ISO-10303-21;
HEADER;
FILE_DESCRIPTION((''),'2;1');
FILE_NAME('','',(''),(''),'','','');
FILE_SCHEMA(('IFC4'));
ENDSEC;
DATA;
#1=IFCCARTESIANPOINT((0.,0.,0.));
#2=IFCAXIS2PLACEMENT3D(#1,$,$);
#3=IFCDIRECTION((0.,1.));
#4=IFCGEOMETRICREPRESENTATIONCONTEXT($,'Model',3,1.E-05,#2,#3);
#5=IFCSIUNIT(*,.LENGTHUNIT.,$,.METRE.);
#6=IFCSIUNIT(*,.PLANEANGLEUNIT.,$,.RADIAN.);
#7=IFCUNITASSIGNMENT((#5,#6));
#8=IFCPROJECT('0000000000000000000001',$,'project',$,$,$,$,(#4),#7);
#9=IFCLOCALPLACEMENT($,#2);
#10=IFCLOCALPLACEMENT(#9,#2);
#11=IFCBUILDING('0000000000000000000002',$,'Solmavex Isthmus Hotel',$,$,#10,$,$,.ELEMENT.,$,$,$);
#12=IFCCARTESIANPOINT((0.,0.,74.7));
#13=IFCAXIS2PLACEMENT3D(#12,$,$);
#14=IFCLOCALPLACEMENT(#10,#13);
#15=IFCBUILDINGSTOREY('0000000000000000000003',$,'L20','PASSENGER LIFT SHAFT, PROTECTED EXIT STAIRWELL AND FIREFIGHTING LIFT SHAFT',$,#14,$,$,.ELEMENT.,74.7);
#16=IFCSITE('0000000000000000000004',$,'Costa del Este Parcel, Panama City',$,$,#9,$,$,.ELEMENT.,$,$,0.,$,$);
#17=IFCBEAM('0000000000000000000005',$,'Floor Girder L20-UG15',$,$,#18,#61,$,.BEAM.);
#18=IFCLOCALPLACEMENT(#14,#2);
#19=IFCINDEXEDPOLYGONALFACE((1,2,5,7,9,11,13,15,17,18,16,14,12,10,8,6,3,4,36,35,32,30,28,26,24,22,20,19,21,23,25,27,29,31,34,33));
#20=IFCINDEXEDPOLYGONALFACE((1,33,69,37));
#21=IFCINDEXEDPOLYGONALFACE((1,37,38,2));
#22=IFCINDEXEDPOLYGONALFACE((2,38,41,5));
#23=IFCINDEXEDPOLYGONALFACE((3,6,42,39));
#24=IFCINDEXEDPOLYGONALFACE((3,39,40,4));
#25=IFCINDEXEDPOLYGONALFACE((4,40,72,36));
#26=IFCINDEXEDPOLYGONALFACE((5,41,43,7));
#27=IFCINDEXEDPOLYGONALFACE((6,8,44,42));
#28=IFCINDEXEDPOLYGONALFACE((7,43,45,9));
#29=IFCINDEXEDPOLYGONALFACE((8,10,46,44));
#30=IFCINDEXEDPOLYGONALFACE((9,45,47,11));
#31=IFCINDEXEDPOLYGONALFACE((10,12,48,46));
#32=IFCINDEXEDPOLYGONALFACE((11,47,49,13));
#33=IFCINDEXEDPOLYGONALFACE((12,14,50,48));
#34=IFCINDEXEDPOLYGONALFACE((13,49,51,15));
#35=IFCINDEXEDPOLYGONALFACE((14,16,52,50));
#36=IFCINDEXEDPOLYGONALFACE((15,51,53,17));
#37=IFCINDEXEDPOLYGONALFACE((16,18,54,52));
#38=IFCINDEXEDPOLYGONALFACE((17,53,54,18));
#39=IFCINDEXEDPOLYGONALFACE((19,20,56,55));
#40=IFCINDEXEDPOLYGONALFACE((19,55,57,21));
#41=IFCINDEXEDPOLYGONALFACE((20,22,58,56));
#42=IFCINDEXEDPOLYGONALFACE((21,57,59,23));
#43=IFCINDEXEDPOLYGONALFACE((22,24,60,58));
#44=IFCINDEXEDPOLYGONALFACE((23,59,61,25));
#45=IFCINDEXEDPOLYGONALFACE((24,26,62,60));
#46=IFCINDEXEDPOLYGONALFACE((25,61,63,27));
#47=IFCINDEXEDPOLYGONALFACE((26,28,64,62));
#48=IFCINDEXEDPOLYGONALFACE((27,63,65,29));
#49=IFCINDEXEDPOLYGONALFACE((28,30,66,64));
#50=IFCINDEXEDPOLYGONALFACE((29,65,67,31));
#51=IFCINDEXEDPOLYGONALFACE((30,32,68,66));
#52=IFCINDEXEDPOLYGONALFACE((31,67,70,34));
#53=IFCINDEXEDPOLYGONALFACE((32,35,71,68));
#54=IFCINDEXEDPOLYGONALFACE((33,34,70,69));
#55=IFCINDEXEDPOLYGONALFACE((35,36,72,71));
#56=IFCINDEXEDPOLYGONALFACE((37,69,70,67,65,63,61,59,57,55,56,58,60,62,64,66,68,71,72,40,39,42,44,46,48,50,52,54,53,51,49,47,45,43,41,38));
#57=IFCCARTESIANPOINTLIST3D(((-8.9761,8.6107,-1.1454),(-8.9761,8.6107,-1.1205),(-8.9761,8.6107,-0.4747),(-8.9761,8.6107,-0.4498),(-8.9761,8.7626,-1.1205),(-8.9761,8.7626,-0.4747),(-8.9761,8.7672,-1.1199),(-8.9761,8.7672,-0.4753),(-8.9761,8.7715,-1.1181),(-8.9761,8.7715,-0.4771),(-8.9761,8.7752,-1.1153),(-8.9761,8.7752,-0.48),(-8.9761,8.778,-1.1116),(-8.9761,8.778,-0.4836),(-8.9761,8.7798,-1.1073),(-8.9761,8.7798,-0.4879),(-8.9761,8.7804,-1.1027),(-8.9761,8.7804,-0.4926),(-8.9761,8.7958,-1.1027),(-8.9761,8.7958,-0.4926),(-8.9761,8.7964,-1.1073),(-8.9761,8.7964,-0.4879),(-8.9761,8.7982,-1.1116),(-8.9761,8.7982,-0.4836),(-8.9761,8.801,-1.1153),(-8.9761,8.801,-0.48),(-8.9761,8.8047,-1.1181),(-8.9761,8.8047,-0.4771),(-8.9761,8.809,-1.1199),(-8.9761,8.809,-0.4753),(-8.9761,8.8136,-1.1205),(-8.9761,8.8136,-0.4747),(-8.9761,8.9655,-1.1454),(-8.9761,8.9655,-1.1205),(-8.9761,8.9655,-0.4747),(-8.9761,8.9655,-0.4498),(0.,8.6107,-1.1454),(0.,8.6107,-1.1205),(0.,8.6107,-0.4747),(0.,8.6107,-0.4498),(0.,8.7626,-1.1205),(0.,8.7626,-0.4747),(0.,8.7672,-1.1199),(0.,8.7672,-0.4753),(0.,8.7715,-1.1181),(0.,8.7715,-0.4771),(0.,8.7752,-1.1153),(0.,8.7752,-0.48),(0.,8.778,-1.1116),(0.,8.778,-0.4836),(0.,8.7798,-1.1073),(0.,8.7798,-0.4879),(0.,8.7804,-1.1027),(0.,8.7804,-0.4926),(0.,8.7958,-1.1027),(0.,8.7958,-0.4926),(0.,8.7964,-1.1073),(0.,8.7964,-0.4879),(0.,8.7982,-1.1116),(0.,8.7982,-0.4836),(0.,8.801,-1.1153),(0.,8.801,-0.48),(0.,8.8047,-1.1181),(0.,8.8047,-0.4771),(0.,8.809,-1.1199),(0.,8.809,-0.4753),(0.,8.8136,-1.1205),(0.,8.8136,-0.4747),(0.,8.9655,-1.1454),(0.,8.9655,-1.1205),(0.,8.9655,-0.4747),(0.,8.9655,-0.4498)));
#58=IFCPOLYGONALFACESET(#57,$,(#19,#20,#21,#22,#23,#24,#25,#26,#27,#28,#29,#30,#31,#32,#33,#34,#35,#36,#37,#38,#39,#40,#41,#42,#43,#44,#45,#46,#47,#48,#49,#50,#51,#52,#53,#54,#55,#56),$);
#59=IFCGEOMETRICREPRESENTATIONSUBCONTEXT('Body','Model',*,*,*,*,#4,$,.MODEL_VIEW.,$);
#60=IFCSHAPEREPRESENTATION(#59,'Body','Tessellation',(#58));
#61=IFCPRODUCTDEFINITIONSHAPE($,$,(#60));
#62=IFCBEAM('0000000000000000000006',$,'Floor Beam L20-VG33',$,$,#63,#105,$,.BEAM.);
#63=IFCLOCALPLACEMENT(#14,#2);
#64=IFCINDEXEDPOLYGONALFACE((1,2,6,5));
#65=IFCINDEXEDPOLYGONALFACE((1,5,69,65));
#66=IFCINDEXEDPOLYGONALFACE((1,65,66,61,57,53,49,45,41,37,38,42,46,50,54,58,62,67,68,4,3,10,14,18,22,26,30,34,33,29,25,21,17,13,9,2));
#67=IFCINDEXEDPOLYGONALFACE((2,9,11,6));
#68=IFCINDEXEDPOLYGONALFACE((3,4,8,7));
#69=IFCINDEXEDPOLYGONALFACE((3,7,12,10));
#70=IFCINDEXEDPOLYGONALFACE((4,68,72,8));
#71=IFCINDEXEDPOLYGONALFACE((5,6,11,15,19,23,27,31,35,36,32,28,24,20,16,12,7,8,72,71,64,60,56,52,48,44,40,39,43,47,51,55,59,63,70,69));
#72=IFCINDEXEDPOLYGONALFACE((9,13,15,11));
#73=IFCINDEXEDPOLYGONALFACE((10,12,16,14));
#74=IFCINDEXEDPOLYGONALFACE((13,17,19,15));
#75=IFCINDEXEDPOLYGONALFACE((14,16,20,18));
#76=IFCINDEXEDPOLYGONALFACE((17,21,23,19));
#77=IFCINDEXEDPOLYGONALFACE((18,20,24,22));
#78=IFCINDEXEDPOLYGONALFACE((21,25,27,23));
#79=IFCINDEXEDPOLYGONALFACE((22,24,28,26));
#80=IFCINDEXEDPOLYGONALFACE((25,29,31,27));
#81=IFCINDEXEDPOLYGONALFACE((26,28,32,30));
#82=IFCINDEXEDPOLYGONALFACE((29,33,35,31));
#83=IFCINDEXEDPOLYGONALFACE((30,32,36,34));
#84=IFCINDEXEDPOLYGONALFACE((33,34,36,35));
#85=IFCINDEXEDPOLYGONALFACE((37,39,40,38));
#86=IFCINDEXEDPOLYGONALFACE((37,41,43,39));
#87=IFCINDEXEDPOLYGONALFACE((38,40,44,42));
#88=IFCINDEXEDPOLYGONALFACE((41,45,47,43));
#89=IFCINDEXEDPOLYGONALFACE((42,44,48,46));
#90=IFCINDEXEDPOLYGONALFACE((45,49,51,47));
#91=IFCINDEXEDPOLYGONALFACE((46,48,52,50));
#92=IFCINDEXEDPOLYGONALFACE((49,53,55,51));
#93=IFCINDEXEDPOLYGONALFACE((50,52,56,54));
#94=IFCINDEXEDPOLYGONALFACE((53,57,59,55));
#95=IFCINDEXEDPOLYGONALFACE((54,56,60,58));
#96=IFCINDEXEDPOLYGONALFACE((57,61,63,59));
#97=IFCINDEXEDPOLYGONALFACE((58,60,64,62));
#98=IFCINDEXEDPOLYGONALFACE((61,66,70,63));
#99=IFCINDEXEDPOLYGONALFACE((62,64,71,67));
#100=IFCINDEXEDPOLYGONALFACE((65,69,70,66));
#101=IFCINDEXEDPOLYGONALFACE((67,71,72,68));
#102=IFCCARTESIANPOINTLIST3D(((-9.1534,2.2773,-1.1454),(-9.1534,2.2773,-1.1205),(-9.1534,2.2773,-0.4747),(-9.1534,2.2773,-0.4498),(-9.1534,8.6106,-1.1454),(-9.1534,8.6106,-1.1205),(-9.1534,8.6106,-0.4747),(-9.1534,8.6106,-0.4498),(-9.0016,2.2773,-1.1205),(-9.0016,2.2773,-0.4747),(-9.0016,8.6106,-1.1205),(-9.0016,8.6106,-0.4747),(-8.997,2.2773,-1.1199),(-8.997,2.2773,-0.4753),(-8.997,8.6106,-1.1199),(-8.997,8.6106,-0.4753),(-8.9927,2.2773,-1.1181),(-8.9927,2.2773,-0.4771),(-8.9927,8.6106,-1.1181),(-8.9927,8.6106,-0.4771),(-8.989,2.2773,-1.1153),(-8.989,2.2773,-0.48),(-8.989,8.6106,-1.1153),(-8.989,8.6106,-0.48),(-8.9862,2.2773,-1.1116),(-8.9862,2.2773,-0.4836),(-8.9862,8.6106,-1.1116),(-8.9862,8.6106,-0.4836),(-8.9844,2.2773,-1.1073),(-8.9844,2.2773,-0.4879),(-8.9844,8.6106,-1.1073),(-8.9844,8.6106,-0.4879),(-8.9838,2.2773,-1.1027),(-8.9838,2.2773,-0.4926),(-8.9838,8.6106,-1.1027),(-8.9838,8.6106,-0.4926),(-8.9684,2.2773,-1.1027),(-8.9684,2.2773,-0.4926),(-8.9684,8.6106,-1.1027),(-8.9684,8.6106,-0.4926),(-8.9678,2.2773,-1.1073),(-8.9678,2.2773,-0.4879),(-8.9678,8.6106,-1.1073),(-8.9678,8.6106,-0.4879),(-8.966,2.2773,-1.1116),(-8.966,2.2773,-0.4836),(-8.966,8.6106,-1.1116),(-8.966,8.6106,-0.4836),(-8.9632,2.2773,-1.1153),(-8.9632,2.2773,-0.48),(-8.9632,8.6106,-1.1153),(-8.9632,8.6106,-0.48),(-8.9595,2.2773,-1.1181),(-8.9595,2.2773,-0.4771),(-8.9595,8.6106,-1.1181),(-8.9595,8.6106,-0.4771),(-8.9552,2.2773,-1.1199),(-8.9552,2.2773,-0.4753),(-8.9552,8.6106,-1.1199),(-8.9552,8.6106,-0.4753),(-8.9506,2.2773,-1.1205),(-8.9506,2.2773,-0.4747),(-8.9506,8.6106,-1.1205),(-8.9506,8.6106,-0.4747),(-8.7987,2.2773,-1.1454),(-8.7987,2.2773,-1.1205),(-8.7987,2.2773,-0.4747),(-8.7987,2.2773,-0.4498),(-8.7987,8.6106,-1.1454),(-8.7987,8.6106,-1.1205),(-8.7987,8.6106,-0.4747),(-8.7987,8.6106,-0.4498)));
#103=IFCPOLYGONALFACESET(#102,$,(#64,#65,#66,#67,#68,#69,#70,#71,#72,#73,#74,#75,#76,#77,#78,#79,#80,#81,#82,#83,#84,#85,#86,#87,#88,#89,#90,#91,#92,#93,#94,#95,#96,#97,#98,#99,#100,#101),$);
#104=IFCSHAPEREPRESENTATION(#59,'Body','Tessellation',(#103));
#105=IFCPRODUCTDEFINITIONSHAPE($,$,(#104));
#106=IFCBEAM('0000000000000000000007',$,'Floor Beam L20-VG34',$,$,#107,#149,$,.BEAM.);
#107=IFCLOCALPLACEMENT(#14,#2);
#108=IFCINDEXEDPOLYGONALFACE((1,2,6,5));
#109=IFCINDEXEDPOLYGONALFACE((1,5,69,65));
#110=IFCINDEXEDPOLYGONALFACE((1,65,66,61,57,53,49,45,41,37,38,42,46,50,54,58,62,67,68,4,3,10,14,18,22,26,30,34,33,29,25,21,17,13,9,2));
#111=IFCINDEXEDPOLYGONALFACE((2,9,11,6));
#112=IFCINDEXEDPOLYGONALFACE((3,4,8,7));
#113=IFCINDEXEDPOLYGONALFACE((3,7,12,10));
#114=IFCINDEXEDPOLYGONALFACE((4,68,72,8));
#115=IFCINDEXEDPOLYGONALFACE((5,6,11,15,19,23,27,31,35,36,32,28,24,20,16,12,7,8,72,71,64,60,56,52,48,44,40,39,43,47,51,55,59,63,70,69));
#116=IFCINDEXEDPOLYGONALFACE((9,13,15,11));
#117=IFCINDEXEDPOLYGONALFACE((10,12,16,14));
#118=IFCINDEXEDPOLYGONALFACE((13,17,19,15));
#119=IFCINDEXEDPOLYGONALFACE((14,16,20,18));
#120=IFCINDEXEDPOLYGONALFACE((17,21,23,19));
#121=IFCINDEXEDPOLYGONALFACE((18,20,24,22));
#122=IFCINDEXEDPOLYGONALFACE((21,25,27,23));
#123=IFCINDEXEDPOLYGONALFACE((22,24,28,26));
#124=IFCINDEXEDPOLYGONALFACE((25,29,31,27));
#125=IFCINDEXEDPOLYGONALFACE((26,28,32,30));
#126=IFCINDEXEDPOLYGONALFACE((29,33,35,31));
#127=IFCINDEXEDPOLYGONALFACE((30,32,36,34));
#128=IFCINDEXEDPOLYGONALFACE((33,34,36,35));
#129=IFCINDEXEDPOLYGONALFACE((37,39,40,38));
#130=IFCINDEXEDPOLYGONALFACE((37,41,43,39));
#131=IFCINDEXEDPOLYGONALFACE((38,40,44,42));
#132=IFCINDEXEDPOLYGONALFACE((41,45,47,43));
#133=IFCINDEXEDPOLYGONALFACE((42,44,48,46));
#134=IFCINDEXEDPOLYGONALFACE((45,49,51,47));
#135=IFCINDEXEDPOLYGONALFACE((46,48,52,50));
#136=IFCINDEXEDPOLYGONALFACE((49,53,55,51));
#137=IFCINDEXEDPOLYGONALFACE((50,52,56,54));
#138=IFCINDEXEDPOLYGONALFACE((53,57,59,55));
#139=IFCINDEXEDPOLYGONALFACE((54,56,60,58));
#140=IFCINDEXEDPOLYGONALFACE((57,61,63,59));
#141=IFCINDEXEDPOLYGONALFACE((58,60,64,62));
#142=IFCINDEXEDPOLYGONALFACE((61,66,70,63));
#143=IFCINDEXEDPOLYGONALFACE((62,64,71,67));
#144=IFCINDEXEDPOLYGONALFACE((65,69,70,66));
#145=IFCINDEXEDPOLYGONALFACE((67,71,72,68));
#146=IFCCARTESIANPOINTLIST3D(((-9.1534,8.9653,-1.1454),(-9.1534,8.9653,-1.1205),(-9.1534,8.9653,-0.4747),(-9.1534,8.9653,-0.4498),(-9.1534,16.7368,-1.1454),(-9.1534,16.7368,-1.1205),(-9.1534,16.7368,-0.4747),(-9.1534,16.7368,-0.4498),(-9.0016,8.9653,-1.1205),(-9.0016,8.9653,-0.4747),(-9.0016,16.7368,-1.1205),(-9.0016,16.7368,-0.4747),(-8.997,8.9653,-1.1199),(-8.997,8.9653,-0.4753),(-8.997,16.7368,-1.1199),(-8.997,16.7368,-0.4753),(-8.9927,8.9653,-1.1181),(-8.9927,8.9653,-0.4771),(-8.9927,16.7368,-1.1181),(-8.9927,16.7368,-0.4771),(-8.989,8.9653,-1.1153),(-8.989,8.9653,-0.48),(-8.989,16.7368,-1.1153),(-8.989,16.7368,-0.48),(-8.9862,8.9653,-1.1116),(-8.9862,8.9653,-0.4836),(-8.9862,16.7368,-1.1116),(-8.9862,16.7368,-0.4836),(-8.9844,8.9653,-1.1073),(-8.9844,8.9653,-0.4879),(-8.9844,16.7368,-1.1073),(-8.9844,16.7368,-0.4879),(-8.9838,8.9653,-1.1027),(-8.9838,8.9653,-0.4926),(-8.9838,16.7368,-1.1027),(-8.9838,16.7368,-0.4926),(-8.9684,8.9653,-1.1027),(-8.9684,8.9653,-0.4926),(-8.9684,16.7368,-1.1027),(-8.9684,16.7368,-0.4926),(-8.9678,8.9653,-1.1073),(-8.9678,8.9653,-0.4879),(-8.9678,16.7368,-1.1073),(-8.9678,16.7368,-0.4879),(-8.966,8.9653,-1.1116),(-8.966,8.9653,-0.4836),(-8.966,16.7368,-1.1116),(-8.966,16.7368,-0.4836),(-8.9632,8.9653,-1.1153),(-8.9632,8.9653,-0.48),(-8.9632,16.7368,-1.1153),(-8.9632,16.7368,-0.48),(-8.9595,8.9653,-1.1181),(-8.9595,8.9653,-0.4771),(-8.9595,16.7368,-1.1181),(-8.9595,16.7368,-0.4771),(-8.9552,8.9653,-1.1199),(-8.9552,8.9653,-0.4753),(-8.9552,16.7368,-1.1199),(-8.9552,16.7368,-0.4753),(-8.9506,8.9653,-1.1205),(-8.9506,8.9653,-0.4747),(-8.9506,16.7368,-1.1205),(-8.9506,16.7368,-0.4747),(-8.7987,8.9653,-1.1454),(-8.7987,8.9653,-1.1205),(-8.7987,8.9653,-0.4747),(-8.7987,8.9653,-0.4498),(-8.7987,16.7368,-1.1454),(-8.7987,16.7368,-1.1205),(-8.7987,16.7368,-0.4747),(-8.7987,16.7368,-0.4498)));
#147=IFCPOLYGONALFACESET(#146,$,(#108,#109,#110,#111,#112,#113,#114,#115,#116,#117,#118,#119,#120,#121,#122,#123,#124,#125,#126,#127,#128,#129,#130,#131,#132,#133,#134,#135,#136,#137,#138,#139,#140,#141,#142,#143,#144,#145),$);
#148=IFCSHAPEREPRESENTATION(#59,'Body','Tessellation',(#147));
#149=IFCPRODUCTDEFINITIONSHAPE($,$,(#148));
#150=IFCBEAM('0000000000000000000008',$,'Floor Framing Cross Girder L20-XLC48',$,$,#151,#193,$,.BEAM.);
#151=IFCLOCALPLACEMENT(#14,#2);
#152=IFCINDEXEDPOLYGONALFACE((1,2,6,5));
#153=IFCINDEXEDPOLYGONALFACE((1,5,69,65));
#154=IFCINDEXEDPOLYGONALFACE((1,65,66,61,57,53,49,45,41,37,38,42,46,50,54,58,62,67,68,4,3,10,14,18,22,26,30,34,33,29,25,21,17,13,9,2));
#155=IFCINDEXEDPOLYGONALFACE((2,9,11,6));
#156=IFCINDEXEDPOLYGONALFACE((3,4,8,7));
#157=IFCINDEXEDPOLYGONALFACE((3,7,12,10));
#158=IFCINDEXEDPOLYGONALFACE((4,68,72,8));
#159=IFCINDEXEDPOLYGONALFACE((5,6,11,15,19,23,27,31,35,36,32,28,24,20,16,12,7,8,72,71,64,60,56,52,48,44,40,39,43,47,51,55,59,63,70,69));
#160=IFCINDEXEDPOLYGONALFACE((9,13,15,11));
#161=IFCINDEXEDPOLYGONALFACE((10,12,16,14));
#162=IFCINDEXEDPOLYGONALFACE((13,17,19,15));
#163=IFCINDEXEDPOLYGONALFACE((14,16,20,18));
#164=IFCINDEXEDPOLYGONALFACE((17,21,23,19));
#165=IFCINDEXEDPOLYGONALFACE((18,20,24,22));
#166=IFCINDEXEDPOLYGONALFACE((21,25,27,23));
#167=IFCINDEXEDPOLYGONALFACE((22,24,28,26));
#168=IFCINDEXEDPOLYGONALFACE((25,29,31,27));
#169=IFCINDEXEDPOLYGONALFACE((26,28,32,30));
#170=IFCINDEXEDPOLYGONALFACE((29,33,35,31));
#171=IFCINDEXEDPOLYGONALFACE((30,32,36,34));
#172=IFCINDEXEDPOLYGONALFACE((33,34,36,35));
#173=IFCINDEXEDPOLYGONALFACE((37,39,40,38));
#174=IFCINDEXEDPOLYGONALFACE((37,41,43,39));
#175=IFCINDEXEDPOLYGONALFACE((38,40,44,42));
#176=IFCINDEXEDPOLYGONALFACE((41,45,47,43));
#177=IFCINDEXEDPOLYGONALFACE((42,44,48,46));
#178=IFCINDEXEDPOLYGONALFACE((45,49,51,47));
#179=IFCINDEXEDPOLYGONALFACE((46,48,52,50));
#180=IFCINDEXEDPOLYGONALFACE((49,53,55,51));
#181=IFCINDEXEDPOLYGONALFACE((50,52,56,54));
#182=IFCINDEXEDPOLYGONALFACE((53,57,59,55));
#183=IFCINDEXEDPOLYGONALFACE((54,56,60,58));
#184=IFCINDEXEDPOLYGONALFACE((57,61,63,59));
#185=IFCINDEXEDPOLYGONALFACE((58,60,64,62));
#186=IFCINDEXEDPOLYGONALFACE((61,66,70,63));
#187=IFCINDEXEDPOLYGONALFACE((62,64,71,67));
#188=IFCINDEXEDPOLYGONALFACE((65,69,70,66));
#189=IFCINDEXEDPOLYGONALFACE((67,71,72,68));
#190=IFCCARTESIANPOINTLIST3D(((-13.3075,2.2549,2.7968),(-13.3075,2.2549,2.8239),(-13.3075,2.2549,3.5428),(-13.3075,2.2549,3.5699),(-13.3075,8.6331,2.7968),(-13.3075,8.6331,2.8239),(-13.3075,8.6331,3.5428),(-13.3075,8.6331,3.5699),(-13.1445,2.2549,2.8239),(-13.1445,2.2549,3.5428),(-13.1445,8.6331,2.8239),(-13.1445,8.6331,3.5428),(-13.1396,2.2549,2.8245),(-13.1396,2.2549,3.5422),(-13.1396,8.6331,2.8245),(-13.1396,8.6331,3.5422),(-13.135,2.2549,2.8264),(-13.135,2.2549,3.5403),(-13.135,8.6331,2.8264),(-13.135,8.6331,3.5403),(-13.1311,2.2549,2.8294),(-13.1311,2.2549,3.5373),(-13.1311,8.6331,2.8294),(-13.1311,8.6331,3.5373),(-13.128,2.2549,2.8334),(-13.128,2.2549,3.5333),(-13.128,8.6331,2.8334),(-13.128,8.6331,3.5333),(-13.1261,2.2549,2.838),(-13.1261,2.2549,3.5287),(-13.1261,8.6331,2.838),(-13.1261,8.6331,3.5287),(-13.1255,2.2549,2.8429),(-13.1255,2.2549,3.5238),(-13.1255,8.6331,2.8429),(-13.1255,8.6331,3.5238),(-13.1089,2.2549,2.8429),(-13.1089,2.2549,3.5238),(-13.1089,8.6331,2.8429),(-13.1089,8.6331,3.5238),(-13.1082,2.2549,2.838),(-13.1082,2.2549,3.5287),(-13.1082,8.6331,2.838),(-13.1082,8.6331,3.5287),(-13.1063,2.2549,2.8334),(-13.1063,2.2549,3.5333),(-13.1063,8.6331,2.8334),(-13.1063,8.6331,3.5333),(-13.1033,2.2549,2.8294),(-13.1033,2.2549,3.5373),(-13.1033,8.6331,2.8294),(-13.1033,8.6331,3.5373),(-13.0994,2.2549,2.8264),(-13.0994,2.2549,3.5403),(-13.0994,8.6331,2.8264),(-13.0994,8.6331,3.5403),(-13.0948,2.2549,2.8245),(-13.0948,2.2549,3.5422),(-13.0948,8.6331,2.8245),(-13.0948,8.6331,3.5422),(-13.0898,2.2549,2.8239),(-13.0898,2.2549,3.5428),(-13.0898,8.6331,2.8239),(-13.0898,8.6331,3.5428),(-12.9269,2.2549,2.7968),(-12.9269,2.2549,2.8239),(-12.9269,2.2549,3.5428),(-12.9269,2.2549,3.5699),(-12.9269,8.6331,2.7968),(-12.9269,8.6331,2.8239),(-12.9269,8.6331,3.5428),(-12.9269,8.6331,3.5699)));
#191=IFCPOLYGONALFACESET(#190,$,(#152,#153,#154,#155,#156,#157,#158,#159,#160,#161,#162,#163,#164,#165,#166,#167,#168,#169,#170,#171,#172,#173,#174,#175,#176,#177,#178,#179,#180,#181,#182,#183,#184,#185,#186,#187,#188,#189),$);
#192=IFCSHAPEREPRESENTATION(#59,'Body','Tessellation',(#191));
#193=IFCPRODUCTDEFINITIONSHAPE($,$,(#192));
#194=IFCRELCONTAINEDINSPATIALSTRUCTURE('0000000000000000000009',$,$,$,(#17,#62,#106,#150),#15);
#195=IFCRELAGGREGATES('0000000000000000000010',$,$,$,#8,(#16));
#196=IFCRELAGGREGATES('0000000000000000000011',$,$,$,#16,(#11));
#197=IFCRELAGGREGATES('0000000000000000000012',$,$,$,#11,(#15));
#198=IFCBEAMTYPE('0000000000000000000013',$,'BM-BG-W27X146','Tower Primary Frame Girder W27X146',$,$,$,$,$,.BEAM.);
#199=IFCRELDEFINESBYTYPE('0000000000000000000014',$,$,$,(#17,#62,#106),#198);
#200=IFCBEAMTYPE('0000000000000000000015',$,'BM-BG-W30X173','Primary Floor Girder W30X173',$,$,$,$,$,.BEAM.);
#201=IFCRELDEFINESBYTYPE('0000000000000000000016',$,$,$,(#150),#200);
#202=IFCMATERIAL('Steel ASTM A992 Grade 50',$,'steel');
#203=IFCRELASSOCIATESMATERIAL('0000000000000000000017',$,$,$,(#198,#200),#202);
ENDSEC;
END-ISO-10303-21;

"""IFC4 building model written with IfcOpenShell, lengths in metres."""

from ifc_helpers import new_model, si_unit, direction, frame, origin, origin_2d, place, context, subcontext, project, spatial, i_section, extrude, material, material_profile, profile_set, type_object, element, save


model = new_model("IFC4")

# Units and contexts
model_context = context("Model", 3, precision=1e-05, world=origin(), true_north=direction((0.0, 1.0)))
body_context = subcontext(model_context, "Body", "Model", "MODEL_VIEW")
ifc_project = project(units=[si_unit("LENGTHUNIT", "METRE"), si_unit("PLANEANGLEUNIT", "RADIAN")], contexts=[model_context])

# Site, building, storey
site_placement = place(None, origin())
site = spatial("IfcSite", under=ifc_project, at=site_placement, Name="Costa del Este Parcel, Panama City", CompositionType="ELEMENT", RefElevation=0.0)
building_placement = place(site_placement, origin())
building = spatial("IfcBuilding", under=site, at=building_placement, Name="Solmavex Isthmus Hotel", CompositionType="ELEMENT")
storey_placement = place(building_placement, frame((0.0, 0.0, 74.7)))
storey = spatial("IfcBuildingStorey", under=building, at=storey_placement, Name="L20", Description="PASSENGER LIFT SHAFT, PROTECTED EXIT STAIRWELL AND FIREFIGHTING LIFT SHAFT", CompositionType="ELEMENT", Elevation=74.7)

# Beams
ifc_material_1 = material(Name="Steel ASTM A992 Grade 50", Category="steel")
ifc_material_profile_1 = material_profile(ifc_material_1, i_section(OverallWidth=0.3547, OverallDepth=0.6956, WebThickness=0.0154, FlangeThickness=0.0249, FilletRadius=0.0178, at=origin_2d()), Name="W27X146")
ifc_profile_set_1 = profile_set([ifc_material_profile_1], Name="Steel ASTM A992 Grade 50")
beam_type_1 = type_object("IfcBeamType", Name="BM-BG-W27X146", Description="Tower Primary Frame Girder W27X146", PredefinedType="BEAM", material=ifc_profile_set_1)
for number, where, z_axis, x_axis, name in (
    (1, (-8.9761, 8.7881, -0.7976), (1.0, 0.0, 0.0), (0.0, 1.0, 0.0), "Floor Girder L20-UG15"),
):
    element("IfcBeam", number, at=place(storey_placement, frame(where, z_axis=z_axis, x_axis=x_axis)), inside=storey, type_object=beam_type_1, Name=name, PredefinedType="BEAM", context=body_context, shape_type="SweptSolid", body=[
        extrude(i_section(OverallWidth=0.3547, OverallDepth=0.6956, WebThickness=0.0154, FlangeThickness=0.0249, FilletRadius=0.0178, at=origin_2d()), origin(), (0.0, 0.0, 1.0), 8.9761),
    ])
beam_1_placement = place(storey_placement, frame((-8.9761, 2.2773, -0.7976), z_axis=(0.0, 1.0, 0.0), x_axis=(-1.0, 0.0, 0.0)))
element("IfcBeam", 2, at=beam_1_placement, inside=storey, type_object=beam_type_1, Name="Floor Beam L20-VG33", PredefinedType="BEAM", context=body_context, shape_type="SweptSolid", body=[
    extrude(i_section(OverallWidth=0.3547, OverallDepth=0.6956, WebThickness=0.0154, FlangeThickness=0.0249, FilletRadius=0.0178, at=origin_2d()), origin(), (0.0, 0.0, 1.0), 6.3333),
])
beam_2_placement = place(storey_placement, frame((-8.9761, 8.9653, -0.7976), z_axis=(0.0, 1.0, 0.0), x_axis=(-1.0, 0.0, 0.0)))
element("IfcBeam", 3, at=beam_2_placement, inside=storey, type_object=beam_type_1, Name="Floor Beam L20-VG34", PredefinedType="BEAM", context=body_context, shape_type="SweptSolid", body=[
    extrude(i_section(OverallWidth=0.3547, OverallDepth=0.6956, WebThickness=0.0154, FlangeThickness=0.0249, FilletRadius=0.0178, at=origin_2d()), origin(), (0.0, 0.0, 1.0), 7.7715),
])
ifc_material_profile_2 = material_profile(ifc_material_1, i_section(OverallWidth=0.3806, OverallDepth=0.7732, WebThickness=0.0166, FlangeThickness=0.0271, FilletRadius=0.019, at=origin_2d()), Name="W30X173")
ifc_profile_set_2 = profile_set([ifc_material_profile_2], Name="Steel ASTM A992 Grade 50")
beam_type_2 = type_object("IfcBeamType", Name="BM-BG-W30X173", Description="Primary Floor Girder W30X173", PredefinedType="BEAM", material=ifc_profile_set_2)
beam_3_placement = place(storey_placement, frame((-13.1172, 2.2549, 3.1833), z_axis=(0.0, 1.0, 0.0), x_axis=(-1.0, 0.0, 0.0)))
element("IfcBeam", 4, at=beam_3_placement, inside=storey, type_object=beam_type_2, Name="Floor Framing Cross Girder L20-XLC48", PredefinedType="BEAM", context=body_context, shape_type="SweptSolid", body=[
    extrude(i_section(OverallWidth=0.3806, OverallDepth=0.7732, WebThickness=0.0166, FlangeThickness=0.0271, FilletRadius=0.019, at=origin_2d()), origin(), (0.0, 0.0, 1.0), 6.3782),
])

save(model, "model.ifc")
